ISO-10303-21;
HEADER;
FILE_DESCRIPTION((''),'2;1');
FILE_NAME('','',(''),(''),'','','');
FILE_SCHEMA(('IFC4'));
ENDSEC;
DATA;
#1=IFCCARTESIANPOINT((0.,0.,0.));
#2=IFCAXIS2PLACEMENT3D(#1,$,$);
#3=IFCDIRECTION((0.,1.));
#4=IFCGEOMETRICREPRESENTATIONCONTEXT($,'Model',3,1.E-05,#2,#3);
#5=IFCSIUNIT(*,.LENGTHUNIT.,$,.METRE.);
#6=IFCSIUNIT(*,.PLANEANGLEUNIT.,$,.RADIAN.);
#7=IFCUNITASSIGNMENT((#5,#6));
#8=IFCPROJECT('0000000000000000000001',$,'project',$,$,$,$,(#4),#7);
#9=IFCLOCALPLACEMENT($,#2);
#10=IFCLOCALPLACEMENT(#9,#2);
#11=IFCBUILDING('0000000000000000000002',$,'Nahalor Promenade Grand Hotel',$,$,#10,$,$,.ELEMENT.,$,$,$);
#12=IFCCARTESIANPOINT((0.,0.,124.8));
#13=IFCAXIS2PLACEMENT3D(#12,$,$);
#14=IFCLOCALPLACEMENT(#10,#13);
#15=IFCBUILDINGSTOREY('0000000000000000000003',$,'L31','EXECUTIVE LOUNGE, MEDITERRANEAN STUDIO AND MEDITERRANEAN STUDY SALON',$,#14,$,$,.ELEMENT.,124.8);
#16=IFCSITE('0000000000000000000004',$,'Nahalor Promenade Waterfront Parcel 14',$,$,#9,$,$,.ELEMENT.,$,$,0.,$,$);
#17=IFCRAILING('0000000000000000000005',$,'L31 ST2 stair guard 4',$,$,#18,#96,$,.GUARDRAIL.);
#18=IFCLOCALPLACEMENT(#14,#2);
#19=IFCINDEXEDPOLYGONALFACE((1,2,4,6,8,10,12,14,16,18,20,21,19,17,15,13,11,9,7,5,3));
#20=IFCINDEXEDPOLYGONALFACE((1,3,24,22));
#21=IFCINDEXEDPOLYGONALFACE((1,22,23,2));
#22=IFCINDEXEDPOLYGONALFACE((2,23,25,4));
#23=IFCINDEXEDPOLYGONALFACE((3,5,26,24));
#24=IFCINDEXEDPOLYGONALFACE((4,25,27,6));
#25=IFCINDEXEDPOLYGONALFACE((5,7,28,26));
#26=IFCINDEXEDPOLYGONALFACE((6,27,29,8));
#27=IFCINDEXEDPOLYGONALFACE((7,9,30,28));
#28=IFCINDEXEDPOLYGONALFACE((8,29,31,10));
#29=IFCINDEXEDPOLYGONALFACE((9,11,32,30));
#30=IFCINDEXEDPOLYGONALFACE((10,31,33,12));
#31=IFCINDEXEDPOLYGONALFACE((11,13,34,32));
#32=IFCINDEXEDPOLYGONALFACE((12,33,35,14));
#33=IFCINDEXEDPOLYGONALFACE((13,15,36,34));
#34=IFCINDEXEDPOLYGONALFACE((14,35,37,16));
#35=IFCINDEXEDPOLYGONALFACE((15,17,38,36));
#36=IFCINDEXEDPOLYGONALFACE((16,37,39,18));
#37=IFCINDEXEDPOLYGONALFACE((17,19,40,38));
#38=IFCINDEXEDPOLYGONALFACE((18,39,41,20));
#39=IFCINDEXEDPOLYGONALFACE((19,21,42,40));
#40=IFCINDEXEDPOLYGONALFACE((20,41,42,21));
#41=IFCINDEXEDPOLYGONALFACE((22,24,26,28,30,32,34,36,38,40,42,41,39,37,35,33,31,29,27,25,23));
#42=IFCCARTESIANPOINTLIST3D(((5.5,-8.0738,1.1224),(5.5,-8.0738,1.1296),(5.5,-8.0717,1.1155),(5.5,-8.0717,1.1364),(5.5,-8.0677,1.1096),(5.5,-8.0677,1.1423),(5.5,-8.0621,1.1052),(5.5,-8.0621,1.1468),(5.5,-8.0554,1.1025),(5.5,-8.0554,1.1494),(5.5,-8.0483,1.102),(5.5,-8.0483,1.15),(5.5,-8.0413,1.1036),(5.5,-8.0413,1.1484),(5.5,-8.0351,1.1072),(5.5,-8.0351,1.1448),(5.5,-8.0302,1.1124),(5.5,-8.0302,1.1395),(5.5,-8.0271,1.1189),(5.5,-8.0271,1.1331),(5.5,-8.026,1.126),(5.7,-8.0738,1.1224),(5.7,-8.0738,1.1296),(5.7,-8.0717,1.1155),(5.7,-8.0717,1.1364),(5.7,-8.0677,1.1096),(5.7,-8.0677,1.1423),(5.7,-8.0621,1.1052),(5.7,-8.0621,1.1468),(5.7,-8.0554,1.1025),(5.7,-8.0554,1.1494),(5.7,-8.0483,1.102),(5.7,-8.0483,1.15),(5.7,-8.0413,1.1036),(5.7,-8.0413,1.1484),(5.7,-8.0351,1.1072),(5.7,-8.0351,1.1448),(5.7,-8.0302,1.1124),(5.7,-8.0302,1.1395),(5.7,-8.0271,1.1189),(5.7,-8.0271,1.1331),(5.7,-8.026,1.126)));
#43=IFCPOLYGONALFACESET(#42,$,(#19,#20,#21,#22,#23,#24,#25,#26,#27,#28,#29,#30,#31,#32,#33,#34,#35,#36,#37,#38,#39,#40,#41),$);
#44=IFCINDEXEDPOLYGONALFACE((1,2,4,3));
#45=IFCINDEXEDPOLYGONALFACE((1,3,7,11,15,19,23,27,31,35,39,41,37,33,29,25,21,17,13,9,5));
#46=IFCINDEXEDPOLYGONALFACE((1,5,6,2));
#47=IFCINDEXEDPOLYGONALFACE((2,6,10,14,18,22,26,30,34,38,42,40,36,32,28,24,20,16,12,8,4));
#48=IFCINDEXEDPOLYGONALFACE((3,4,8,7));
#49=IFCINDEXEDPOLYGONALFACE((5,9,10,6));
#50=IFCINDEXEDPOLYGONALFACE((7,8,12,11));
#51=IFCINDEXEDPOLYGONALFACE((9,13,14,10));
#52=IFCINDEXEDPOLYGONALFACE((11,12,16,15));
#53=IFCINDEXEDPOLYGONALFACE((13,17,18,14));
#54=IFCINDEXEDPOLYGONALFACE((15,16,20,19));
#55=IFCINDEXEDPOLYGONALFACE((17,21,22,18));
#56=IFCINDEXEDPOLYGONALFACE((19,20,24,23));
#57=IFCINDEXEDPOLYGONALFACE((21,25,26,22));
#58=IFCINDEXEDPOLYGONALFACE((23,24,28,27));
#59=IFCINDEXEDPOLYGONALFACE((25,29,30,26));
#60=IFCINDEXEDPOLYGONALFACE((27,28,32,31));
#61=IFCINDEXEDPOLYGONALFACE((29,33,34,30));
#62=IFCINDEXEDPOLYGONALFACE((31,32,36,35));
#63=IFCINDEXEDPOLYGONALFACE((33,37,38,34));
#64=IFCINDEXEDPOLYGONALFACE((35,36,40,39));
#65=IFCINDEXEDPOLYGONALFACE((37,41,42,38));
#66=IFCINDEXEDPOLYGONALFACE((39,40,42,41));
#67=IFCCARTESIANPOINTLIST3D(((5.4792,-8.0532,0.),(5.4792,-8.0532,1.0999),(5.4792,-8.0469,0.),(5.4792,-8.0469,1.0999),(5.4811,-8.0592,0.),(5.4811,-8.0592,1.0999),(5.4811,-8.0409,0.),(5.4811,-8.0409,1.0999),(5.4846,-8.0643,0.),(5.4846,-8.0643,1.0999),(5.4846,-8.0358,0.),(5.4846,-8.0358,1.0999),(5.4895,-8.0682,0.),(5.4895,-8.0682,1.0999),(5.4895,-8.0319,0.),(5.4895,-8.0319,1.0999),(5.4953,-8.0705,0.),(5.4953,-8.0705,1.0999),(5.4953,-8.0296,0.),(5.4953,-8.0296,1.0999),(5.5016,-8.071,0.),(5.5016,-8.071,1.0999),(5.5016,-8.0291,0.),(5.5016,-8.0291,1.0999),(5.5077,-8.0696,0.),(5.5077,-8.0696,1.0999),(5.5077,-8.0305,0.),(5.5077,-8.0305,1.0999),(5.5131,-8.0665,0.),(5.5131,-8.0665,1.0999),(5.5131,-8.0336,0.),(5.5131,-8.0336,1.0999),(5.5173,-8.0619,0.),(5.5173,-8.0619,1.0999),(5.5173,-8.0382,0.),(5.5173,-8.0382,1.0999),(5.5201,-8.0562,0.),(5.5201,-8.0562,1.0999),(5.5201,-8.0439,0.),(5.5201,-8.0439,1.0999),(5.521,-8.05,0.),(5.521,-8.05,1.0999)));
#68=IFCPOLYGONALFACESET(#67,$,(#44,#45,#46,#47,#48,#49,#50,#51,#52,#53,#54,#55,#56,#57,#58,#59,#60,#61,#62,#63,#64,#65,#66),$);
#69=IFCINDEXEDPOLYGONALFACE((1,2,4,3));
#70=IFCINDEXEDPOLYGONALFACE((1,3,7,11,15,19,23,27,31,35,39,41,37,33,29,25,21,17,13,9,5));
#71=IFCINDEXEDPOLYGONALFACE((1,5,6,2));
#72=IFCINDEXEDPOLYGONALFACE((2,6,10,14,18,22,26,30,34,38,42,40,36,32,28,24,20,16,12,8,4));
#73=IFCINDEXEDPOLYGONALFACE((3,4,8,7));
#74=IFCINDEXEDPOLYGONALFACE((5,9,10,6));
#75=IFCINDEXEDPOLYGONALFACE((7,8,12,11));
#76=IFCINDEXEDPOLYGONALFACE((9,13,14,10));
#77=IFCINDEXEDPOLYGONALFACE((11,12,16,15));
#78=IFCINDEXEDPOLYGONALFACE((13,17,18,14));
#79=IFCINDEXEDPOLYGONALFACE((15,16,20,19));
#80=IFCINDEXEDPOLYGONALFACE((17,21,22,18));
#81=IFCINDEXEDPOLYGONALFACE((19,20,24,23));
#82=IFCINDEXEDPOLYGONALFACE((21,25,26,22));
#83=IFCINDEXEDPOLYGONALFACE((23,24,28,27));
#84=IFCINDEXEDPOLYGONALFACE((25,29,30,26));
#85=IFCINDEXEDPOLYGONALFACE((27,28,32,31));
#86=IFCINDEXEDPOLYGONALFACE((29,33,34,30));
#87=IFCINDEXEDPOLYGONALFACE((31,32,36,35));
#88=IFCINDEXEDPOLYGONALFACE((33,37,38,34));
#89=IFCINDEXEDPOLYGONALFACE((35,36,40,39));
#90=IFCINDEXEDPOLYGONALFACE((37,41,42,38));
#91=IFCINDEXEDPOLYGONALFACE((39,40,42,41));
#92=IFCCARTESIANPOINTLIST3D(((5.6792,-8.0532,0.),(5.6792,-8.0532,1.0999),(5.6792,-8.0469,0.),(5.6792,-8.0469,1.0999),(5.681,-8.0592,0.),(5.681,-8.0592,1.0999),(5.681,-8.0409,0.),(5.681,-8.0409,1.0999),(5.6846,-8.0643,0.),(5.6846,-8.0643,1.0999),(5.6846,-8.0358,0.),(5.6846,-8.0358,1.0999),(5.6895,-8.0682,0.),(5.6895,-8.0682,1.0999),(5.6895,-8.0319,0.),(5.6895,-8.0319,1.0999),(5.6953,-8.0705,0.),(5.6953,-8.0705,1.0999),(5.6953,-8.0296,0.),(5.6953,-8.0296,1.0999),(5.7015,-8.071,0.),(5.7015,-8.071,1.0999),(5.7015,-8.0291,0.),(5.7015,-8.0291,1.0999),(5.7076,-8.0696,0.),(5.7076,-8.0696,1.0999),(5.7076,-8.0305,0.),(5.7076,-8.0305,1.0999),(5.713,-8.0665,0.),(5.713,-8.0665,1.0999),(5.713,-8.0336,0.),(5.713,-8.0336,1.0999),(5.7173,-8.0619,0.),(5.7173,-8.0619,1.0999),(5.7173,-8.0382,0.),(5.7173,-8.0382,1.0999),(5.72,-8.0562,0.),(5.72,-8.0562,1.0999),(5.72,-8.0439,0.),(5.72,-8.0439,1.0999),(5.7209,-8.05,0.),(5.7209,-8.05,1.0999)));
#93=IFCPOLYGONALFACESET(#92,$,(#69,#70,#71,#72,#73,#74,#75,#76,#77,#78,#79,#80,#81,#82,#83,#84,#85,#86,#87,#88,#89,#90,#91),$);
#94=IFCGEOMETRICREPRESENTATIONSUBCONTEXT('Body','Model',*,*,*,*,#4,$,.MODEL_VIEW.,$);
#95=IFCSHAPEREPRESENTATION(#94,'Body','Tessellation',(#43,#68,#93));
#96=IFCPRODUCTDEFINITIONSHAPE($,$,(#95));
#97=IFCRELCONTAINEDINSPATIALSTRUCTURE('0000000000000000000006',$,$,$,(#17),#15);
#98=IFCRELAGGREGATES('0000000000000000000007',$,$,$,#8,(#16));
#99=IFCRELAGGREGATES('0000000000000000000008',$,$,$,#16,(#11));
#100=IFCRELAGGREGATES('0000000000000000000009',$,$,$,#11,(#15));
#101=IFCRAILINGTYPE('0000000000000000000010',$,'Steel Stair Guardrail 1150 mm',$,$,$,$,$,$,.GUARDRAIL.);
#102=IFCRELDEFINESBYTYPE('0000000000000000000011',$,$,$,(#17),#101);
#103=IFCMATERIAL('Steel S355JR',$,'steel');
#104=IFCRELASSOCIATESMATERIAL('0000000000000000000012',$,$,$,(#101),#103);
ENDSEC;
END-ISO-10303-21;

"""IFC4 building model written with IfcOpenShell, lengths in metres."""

from ifc_helpers import new_model, si_unit, direction, frame, origin, origin_2d, place, context, subcontext, project, spatial, circle, extrude, material, type_object, element, save


model = new_model("IFC4")

# Units and contexts
model_context = context("Model", 3, precision=1e-05, world=origin(), true_north=direction((0.0, 1.0)))
body_context = subcontext(model_context, "Body", "Model", "MODEL_VIEW")
ifc_project = project(units=[si_unit("LENGTHUNIT", "METRE"), si_unit("PLANEANGLEUNIT", "RADIAN")], contexts=[model_context])

# Site, building, storey
site_placement = place(None, origin())
site = spatial("IfcSite", under=ifc_project, at=site_placement, Name="Nahalor Promenade Waterfront Parcel 14", CompositionType="ELEMENT", RefElevation=0.0)
building_placement = place(site_placement, origin())
building = spatial("IfcBuilding", under=site, at=building_placement, Name="Nahalor Promenade Grand Hotel", CompositionType="ELEMENT")
storey_placement = place(building_placement, frame((0.0, 0.0, 124.8)))
storey = spatial("IfcBuildingStorey", under=building, at=storey_placement, Name="L31", Description="EXECUTIVE LOUNGE, MEDITERRANEAN STUDIO AND MEDITERRANEAN STUDY SALON", CompositionType="ELEMENT", Elevation=124.8)

# Shared definitions
ifc_material_1 = material(Name="Steel S355JR", Category="steel")

# Railing
railing_type_1 = type_object("IfcRailingType", Name="Steel Stair Guardrail 1150 mm", PredefinedType="GUARDRAIL", material=ifc_material_1)
railing_1_placement = place(storey_placement, frame((5.5, -8.05, 0.0)))
element("IfcRailing", 1, at=railing_1_placement, inside=storey, type_object=railing_type_1, Name="L31 ST2 stair guard 4", PredefinedType="GUARDRAIL", context=body_context, shape_type="SweptSolid", body=[
    extrude(circle(Radius=0.024, at=origin_2d()), frame((0.0, 0.0, 1.126), z_axis=(1.0, 0.0, 0.0), x_axis=(0.0, 1.0, 0.0)), (0.0, 0.0, 1.0), 0.2),
    extrude(circle(Radius=0.021, at=origin_2d()), origin(), (0.0, 0.0, 1.0), 1.0999),
    extrude(circle(Radius=0.021, at=origin_2d()), frame((0.2, 0.0, 0.0)), (0.0, 0.0, 1.0), 1.0999),
])

save(model, "model.ifc")
